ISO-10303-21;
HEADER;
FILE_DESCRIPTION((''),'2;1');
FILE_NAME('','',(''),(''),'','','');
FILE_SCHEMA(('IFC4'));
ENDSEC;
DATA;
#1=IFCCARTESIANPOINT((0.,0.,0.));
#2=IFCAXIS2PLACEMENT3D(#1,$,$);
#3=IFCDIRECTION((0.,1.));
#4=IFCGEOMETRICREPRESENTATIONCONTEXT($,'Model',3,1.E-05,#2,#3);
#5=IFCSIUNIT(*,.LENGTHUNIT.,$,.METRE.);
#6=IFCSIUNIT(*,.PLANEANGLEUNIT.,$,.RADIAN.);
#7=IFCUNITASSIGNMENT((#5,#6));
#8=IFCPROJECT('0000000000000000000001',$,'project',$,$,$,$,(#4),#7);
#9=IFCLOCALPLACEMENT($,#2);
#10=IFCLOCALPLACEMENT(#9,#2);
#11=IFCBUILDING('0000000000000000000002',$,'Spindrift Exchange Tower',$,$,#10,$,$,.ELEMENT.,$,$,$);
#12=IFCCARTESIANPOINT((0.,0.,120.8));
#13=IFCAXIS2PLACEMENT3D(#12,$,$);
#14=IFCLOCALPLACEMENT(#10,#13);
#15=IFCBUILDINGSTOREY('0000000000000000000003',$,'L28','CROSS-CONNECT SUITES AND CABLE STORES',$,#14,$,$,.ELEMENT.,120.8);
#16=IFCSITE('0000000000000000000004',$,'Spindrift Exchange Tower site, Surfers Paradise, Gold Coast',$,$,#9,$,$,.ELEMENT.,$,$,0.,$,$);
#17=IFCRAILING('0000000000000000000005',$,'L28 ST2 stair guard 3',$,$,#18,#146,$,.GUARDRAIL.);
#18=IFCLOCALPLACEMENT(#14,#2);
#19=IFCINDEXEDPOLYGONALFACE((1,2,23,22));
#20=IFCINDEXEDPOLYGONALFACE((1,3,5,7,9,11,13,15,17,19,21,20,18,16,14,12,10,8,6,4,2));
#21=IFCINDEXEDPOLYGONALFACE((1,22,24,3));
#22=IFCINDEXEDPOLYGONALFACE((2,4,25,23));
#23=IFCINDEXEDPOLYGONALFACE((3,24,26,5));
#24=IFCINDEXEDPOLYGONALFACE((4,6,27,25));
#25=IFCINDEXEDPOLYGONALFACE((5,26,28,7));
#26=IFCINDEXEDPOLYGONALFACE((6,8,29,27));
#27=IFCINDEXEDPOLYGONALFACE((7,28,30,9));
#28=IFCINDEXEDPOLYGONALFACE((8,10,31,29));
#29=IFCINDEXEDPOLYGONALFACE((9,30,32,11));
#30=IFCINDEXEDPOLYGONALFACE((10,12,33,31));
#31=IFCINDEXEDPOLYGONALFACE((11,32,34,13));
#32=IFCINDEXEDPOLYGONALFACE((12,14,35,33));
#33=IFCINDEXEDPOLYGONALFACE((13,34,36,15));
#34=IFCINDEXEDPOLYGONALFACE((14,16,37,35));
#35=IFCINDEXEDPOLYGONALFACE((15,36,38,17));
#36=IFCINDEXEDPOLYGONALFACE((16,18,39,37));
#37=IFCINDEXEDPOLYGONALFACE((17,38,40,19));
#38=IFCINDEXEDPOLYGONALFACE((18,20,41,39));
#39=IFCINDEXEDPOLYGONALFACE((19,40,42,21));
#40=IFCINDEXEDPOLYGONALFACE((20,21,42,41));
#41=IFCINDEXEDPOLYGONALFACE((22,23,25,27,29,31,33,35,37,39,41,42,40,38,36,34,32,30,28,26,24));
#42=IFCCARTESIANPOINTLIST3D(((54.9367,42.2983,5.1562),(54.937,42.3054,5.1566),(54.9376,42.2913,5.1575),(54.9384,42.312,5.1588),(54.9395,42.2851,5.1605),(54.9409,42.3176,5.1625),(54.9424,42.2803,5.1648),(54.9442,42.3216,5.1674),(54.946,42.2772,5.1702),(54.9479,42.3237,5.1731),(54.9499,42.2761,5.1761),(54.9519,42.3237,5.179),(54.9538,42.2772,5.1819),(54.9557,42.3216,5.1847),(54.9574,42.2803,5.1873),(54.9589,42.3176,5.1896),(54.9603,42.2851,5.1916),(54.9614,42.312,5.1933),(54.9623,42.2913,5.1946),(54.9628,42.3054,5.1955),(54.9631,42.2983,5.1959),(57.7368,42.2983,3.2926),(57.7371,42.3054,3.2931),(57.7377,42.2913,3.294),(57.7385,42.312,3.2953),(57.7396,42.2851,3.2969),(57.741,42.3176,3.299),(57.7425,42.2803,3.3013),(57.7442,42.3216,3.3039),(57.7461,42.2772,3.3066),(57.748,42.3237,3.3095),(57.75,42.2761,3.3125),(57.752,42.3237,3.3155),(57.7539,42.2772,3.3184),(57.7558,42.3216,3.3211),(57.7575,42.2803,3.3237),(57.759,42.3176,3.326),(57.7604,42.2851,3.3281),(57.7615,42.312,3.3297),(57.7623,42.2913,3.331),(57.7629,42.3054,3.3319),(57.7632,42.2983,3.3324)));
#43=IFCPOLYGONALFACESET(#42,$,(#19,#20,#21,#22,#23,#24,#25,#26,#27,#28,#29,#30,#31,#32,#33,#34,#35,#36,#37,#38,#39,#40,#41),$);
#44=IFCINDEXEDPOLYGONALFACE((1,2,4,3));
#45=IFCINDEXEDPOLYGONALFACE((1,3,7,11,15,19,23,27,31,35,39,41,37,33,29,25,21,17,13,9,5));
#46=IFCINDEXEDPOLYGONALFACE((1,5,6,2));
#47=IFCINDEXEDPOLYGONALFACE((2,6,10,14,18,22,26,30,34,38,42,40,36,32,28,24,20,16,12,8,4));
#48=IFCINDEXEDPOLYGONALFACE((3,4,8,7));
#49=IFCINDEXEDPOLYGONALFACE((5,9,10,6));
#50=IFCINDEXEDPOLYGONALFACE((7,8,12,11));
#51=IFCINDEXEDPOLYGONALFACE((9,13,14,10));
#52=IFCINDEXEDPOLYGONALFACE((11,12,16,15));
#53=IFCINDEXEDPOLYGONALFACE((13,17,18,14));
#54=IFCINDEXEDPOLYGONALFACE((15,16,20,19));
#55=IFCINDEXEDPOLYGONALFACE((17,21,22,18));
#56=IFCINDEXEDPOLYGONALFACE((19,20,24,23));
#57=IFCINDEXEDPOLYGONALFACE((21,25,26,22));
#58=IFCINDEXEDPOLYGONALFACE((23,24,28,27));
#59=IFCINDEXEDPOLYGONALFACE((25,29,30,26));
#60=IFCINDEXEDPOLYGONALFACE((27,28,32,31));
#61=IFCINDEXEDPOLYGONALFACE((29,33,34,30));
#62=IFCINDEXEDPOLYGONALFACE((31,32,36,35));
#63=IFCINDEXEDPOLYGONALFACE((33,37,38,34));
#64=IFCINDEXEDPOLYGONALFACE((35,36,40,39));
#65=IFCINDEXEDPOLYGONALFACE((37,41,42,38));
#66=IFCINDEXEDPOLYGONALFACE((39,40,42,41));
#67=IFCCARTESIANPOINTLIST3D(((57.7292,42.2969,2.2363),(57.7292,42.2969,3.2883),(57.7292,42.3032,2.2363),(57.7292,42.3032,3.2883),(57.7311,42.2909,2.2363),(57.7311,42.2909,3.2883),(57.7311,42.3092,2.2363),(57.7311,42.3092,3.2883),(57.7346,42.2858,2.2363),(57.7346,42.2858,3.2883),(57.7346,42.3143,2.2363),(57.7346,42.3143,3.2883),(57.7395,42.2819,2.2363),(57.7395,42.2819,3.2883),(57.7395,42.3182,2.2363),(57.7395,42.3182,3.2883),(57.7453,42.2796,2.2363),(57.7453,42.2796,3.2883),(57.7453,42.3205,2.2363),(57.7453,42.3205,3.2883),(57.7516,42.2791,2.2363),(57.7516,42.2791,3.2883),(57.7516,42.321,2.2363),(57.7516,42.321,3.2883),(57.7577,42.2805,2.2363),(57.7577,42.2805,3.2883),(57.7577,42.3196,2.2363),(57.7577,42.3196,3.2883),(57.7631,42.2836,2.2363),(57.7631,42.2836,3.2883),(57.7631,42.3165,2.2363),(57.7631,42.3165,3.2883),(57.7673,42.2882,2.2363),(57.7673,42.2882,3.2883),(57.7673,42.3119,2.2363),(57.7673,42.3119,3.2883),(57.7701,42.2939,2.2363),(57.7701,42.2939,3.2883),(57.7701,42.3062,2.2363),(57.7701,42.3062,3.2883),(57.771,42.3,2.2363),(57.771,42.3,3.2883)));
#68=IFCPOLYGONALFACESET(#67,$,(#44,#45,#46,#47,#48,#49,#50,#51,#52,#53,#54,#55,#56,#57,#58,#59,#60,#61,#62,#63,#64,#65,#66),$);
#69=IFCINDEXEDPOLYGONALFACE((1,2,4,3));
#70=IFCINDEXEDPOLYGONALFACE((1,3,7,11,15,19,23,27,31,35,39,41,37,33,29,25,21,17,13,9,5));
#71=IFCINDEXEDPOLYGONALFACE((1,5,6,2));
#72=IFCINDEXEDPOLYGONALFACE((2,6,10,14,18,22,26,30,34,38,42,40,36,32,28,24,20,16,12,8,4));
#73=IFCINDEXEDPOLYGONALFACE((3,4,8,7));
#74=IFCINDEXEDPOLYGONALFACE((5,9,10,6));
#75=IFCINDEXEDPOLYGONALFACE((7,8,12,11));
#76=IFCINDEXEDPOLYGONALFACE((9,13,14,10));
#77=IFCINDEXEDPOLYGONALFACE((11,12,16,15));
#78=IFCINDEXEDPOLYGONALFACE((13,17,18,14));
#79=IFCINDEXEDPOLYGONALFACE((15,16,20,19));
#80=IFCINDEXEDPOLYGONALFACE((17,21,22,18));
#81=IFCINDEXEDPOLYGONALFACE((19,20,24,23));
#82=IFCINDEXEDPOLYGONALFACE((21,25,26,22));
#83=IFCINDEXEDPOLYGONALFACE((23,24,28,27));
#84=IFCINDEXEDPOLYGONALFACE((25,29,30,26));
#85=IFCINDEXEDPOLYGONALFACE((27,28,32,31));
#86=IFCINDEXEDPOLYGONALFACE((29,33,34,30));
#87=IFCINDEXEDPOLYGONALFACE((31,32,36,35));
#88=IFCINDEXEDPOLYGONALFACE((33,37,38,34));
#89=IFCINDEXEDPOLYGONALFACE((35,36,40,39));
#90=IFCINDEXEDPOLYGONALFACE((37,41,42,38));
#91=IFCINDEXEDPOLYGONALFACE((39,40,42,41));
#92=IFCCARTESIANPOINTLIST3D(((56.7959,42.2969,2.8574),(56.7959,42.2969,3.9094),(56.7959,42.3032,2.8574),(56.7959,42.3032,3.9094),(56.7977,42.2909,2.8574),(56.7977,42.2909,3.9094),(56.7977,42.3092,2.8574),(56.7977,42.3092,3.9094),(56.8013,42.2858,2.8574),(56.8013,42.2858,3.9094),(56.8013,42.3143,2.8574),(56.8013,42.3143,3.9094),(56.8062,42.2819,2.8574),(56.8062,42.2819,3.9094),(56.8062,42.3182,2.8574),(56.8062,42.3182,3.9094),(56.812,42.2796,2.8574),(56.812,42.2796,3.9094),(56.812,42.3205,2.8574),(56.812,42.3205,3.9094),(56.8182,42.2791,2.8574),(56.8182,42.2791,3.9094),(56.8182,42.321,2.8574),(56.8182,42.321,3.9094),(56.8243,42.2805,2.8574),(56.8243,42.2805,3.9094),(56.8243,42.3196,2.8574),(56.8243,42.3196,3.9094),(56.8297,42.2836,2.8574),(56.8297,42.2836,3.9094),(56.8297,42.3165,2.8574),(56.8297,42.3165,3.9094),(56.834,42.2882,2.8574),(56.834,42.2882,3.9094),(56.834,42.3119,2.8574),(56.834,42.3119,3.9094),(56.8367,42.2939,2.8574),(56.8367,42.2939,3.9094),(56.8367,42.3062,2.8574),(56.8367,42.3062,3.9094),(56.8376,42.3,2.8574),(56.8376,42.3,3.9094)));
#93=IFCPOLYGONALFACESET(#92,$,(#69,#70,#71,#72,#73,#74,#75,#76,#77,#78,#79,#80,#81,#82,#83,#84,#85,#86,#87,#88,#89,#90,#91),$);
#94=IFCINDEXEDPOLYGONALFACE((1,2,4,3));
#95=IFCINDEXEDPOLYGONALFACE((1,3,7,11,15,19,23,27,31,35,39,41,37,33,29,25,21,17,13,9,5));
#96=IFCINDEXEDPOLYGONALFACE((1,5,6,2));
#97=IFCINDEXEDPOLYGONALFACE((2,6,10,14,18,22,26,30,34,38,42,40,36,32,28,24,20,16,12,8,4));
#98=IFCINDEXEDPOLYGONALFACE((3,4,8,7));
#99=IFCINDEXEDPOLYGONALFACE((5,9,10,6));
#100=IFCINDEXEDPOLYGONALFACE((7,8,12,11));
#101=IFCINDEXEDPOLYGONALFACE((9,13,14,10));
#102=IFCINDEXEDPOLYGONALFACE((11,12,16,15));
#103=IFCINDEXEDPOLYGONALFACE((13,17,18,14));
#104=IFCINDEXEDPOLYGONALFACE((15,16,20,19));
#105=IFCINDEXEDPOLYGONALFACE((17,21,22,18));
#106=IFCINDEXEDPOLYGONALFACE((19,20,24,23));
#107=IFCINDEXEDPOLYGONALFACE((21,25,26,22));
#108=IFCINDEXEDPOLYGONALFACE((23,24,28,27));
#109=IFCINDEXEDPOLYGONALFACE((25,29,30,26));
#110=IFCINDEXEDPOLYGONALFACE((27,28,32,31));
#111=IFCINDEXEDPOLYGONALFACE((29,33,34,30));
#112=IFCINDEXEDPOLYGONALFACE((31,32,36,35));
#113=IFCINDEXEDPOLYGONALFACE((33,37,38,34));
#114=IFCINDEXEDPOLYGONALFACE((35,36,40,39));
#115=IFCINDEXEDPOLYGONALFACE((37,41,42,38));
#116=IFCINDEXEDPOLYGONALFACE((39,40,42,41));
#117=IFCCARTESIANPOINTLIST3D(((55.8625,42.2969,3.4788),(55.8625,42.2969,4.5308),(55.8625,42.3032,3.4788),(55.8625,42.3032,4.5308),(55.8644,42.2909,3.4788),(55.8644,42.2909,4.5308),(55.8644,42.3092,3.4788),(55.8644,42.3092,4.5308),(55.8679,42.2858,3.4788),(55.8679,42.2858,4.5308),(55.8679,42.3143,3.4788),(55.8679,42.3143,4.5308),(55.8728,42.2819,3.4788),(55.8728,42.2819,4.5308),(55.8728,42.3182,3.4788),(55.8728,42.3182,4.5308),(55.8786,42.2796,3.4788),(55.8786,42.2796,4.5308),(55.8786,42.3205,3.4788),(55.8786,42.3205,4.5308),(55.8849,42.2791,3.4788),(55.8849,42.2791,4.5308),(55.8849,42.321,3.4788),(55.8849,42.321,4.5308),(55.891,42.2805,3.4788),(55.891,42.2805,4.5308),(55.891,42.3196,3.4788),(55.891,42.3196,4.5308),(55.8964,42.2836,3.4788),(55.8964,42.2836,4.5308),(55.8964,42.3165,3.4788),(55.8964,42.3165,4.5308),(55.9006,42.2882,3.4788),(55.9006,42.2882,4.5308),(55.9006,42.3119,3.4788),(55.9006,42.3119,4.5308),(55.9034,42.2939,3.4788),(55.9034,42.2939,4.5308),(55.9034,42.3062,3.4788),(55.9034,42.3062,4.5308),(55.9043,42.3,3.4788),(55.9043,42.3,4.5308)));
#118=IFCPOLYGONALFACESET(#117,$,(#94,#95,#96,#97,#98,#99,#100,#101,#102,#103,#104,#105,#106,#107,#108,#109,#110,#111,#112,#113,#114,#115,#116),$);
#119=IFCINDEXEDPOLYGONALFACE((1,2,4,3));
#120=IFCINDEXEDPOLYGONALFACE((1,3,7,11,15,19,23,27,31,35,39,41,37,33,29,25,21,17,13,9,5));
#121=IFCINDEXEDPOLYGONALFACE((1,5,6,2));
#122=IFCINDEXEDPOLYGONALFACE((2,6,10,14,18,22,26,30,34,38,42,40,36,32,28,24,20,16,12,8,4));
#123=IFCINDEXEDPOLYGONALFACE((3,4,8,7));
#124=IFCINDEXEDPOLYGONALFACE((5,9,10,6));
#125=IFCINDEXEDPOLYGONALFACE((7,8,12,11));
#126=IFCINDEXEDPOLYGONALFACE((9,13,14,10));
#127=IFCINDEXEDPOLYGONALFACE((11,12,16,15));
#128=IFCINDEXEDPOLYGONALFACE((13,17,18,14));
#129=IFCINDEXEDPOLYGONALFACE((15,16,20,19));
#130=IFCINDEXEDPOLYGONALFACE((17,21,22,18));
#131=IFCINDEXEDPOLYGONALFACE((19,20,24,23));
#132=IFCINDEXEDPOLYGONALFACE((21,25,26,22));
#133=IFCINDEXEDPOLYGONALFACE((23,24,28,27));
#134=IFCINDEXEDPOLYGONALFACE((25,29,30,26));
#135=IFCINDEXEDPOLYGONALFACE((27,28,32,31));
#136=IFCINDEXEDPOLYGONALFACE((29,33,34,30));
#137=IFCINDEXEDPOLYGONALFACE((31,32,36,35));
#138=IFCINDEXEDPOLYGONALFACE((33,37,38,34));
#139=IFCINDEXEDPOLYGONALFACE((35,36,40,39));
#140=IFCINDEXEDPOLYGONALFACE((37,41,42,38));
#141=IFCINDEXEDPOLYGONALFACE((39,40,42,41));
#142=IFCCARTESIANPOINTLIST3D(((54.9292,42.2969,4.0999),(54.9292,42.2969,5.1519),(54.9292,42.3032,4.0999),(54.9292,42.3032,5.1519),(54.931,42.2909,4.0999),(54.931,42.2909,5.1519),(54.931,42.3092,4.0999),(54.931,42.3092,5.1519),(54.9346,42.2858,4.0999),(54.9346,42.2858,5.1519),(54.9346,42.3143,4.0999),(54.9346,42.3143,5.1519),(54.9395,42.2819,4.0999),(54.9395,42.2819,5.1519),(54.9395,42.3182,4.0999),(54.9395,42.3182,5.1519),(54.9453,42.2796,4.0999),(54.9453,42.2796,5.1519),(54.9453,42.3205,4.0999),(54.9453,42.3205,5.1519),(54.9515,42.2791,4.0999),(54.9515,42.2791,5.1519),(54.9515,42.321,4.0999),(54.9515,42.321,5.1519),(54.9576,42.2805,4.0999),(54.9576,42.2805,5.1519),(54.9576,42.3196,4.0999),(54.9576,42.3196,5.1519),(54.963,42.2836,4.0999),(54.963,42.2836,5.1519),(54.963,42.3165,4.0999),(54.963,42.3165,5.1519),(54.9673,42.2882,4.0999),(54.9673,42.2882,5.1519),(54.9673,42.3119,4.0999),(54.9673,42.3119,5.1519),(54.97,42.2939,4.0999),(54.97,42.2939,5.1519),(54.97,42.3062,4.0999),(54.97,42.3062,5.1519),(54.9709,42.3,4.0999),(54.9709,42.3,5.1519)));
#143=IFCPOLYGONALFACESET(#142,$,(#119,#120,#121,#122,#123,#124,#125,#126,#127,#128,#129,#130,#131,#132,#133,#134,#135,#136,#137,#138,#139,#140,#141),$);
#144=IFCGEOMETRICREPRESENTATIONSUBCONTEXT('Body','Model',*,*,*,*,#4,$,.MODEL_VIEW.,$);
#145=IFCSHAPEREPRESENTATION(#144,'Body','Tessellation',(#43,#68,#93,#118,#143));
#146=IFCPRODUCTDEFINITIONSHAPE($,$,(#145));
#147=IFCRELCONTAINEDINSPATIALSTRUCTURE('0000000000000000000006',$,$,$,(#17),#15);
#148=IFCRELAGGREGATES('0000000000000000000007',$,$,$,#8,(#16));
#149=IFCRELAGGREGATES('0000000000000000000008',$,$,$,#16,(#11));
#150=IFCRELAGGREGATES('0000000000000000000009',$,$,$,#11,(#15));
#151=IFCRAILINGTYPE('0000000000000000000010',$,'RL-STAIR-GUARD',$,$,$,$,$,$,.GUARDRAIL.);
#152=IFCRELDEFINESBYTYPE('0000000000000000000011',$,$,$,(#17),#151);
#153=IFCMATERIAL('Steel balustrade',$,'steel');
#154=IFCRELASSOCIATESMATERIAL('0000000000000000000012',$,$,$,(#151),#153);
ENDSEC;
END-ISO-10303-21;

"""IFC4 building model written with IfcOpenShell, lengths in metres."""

from ifc_helpers import new_model, si_unit, direction, frame, origin, origin_2d, place, context, subcontext, project, spatial, circle, extrude, material, type_object, element, save


model = new_model("IFC4")

# Units and contexts
model_context = context("Model", 3, precision=1e-05, world=origin(), true_north=direction((0.0, 1.0)))
body_context = subcontext(model_context, "Body", "Model", "MODEL_VIEW")
ifc_project = project(units=[si_unit("LENGTHUNIT", "METRE"), si_unit("PLANEANGLEUNIT", "RADIAN")], contexts=[model_context])

# Site, building, storey
site_placement = place(None, origin())
site = spatial("IfcSite", under=ifc_project, at=site_placement, Name="Spindrift Exchange Tower site, Surfers Paradise, Gold Coast", CompositionType="ELEMENT", RefElevation=0.0)
building_placement = place(site_placement, origin())
building = spatial("IfcBuilding", under=site, at=building_placement, Name="Spindrift Exchange Tower", CompositionType="ELEMENT")
storey_placement = place(building_placement, frame((0.0, 0.0, 120.8)))
storey = spatial("IfcBuildingStorey", under=building, at=storey_placement, Name="L28", Description="CROSS-CONNECT SUITES AND CABLE STORES", CompositionType="ELEMENT", Elevation=120.8)

# Railing
ifc_material_1 = material(Name="Steel balustrade", Category="steel")
railing_type_1 = type_object("IfcRailingType", Name="RL-STAIR-GUARD", PredefinedType="GUARDRAIL", material=ifc_material_1)
railing_1_placement = place(storey_placement, frame((57.75, 42.3, 2.2363)))
element("IfcRailing", 1, at=railing_1_placement, inside=storey, type_object=railing_type_1, Name="L28 ST2 stair guard 3", PredefinedType="GUARDRAIL", context=body_context, shape_type="SweptSolid", body=[
    extrude(circle(Radius=0.0239, at=origin_2d()), frame((0.0, 0.0, 1.0762), z_axis=(-0.832486, 0.0, 0.554047), x_axis=(0.0, -1.0, 0.0)), (0.0, 0.0, 1.0), 3.3635),
    extrude(circle(Radius=0.021, at=origin_2d()), origin(), (0.0, 0.0, 1.0), 1.052),
    extrude(circle(Radius=0.021, at=origin_2d()), frame((-0.9333, 0.0, 0.6211)), (0.0, 0.0, 1.0), 1.052),
    extrude(circle(Radius=0.021, at=origin_2d()), frame((-1.8667, 0.0, 1.2424)), (0.0, 0.0, 1.0), 1.052),
    extrude(circle(Radius=0.021, at=origin_2d()), frame((-2.8, 0.0, 1.8635)), (0.0, 0.0, 1.0), 1.052),
])

save(model, "model.ifc")
